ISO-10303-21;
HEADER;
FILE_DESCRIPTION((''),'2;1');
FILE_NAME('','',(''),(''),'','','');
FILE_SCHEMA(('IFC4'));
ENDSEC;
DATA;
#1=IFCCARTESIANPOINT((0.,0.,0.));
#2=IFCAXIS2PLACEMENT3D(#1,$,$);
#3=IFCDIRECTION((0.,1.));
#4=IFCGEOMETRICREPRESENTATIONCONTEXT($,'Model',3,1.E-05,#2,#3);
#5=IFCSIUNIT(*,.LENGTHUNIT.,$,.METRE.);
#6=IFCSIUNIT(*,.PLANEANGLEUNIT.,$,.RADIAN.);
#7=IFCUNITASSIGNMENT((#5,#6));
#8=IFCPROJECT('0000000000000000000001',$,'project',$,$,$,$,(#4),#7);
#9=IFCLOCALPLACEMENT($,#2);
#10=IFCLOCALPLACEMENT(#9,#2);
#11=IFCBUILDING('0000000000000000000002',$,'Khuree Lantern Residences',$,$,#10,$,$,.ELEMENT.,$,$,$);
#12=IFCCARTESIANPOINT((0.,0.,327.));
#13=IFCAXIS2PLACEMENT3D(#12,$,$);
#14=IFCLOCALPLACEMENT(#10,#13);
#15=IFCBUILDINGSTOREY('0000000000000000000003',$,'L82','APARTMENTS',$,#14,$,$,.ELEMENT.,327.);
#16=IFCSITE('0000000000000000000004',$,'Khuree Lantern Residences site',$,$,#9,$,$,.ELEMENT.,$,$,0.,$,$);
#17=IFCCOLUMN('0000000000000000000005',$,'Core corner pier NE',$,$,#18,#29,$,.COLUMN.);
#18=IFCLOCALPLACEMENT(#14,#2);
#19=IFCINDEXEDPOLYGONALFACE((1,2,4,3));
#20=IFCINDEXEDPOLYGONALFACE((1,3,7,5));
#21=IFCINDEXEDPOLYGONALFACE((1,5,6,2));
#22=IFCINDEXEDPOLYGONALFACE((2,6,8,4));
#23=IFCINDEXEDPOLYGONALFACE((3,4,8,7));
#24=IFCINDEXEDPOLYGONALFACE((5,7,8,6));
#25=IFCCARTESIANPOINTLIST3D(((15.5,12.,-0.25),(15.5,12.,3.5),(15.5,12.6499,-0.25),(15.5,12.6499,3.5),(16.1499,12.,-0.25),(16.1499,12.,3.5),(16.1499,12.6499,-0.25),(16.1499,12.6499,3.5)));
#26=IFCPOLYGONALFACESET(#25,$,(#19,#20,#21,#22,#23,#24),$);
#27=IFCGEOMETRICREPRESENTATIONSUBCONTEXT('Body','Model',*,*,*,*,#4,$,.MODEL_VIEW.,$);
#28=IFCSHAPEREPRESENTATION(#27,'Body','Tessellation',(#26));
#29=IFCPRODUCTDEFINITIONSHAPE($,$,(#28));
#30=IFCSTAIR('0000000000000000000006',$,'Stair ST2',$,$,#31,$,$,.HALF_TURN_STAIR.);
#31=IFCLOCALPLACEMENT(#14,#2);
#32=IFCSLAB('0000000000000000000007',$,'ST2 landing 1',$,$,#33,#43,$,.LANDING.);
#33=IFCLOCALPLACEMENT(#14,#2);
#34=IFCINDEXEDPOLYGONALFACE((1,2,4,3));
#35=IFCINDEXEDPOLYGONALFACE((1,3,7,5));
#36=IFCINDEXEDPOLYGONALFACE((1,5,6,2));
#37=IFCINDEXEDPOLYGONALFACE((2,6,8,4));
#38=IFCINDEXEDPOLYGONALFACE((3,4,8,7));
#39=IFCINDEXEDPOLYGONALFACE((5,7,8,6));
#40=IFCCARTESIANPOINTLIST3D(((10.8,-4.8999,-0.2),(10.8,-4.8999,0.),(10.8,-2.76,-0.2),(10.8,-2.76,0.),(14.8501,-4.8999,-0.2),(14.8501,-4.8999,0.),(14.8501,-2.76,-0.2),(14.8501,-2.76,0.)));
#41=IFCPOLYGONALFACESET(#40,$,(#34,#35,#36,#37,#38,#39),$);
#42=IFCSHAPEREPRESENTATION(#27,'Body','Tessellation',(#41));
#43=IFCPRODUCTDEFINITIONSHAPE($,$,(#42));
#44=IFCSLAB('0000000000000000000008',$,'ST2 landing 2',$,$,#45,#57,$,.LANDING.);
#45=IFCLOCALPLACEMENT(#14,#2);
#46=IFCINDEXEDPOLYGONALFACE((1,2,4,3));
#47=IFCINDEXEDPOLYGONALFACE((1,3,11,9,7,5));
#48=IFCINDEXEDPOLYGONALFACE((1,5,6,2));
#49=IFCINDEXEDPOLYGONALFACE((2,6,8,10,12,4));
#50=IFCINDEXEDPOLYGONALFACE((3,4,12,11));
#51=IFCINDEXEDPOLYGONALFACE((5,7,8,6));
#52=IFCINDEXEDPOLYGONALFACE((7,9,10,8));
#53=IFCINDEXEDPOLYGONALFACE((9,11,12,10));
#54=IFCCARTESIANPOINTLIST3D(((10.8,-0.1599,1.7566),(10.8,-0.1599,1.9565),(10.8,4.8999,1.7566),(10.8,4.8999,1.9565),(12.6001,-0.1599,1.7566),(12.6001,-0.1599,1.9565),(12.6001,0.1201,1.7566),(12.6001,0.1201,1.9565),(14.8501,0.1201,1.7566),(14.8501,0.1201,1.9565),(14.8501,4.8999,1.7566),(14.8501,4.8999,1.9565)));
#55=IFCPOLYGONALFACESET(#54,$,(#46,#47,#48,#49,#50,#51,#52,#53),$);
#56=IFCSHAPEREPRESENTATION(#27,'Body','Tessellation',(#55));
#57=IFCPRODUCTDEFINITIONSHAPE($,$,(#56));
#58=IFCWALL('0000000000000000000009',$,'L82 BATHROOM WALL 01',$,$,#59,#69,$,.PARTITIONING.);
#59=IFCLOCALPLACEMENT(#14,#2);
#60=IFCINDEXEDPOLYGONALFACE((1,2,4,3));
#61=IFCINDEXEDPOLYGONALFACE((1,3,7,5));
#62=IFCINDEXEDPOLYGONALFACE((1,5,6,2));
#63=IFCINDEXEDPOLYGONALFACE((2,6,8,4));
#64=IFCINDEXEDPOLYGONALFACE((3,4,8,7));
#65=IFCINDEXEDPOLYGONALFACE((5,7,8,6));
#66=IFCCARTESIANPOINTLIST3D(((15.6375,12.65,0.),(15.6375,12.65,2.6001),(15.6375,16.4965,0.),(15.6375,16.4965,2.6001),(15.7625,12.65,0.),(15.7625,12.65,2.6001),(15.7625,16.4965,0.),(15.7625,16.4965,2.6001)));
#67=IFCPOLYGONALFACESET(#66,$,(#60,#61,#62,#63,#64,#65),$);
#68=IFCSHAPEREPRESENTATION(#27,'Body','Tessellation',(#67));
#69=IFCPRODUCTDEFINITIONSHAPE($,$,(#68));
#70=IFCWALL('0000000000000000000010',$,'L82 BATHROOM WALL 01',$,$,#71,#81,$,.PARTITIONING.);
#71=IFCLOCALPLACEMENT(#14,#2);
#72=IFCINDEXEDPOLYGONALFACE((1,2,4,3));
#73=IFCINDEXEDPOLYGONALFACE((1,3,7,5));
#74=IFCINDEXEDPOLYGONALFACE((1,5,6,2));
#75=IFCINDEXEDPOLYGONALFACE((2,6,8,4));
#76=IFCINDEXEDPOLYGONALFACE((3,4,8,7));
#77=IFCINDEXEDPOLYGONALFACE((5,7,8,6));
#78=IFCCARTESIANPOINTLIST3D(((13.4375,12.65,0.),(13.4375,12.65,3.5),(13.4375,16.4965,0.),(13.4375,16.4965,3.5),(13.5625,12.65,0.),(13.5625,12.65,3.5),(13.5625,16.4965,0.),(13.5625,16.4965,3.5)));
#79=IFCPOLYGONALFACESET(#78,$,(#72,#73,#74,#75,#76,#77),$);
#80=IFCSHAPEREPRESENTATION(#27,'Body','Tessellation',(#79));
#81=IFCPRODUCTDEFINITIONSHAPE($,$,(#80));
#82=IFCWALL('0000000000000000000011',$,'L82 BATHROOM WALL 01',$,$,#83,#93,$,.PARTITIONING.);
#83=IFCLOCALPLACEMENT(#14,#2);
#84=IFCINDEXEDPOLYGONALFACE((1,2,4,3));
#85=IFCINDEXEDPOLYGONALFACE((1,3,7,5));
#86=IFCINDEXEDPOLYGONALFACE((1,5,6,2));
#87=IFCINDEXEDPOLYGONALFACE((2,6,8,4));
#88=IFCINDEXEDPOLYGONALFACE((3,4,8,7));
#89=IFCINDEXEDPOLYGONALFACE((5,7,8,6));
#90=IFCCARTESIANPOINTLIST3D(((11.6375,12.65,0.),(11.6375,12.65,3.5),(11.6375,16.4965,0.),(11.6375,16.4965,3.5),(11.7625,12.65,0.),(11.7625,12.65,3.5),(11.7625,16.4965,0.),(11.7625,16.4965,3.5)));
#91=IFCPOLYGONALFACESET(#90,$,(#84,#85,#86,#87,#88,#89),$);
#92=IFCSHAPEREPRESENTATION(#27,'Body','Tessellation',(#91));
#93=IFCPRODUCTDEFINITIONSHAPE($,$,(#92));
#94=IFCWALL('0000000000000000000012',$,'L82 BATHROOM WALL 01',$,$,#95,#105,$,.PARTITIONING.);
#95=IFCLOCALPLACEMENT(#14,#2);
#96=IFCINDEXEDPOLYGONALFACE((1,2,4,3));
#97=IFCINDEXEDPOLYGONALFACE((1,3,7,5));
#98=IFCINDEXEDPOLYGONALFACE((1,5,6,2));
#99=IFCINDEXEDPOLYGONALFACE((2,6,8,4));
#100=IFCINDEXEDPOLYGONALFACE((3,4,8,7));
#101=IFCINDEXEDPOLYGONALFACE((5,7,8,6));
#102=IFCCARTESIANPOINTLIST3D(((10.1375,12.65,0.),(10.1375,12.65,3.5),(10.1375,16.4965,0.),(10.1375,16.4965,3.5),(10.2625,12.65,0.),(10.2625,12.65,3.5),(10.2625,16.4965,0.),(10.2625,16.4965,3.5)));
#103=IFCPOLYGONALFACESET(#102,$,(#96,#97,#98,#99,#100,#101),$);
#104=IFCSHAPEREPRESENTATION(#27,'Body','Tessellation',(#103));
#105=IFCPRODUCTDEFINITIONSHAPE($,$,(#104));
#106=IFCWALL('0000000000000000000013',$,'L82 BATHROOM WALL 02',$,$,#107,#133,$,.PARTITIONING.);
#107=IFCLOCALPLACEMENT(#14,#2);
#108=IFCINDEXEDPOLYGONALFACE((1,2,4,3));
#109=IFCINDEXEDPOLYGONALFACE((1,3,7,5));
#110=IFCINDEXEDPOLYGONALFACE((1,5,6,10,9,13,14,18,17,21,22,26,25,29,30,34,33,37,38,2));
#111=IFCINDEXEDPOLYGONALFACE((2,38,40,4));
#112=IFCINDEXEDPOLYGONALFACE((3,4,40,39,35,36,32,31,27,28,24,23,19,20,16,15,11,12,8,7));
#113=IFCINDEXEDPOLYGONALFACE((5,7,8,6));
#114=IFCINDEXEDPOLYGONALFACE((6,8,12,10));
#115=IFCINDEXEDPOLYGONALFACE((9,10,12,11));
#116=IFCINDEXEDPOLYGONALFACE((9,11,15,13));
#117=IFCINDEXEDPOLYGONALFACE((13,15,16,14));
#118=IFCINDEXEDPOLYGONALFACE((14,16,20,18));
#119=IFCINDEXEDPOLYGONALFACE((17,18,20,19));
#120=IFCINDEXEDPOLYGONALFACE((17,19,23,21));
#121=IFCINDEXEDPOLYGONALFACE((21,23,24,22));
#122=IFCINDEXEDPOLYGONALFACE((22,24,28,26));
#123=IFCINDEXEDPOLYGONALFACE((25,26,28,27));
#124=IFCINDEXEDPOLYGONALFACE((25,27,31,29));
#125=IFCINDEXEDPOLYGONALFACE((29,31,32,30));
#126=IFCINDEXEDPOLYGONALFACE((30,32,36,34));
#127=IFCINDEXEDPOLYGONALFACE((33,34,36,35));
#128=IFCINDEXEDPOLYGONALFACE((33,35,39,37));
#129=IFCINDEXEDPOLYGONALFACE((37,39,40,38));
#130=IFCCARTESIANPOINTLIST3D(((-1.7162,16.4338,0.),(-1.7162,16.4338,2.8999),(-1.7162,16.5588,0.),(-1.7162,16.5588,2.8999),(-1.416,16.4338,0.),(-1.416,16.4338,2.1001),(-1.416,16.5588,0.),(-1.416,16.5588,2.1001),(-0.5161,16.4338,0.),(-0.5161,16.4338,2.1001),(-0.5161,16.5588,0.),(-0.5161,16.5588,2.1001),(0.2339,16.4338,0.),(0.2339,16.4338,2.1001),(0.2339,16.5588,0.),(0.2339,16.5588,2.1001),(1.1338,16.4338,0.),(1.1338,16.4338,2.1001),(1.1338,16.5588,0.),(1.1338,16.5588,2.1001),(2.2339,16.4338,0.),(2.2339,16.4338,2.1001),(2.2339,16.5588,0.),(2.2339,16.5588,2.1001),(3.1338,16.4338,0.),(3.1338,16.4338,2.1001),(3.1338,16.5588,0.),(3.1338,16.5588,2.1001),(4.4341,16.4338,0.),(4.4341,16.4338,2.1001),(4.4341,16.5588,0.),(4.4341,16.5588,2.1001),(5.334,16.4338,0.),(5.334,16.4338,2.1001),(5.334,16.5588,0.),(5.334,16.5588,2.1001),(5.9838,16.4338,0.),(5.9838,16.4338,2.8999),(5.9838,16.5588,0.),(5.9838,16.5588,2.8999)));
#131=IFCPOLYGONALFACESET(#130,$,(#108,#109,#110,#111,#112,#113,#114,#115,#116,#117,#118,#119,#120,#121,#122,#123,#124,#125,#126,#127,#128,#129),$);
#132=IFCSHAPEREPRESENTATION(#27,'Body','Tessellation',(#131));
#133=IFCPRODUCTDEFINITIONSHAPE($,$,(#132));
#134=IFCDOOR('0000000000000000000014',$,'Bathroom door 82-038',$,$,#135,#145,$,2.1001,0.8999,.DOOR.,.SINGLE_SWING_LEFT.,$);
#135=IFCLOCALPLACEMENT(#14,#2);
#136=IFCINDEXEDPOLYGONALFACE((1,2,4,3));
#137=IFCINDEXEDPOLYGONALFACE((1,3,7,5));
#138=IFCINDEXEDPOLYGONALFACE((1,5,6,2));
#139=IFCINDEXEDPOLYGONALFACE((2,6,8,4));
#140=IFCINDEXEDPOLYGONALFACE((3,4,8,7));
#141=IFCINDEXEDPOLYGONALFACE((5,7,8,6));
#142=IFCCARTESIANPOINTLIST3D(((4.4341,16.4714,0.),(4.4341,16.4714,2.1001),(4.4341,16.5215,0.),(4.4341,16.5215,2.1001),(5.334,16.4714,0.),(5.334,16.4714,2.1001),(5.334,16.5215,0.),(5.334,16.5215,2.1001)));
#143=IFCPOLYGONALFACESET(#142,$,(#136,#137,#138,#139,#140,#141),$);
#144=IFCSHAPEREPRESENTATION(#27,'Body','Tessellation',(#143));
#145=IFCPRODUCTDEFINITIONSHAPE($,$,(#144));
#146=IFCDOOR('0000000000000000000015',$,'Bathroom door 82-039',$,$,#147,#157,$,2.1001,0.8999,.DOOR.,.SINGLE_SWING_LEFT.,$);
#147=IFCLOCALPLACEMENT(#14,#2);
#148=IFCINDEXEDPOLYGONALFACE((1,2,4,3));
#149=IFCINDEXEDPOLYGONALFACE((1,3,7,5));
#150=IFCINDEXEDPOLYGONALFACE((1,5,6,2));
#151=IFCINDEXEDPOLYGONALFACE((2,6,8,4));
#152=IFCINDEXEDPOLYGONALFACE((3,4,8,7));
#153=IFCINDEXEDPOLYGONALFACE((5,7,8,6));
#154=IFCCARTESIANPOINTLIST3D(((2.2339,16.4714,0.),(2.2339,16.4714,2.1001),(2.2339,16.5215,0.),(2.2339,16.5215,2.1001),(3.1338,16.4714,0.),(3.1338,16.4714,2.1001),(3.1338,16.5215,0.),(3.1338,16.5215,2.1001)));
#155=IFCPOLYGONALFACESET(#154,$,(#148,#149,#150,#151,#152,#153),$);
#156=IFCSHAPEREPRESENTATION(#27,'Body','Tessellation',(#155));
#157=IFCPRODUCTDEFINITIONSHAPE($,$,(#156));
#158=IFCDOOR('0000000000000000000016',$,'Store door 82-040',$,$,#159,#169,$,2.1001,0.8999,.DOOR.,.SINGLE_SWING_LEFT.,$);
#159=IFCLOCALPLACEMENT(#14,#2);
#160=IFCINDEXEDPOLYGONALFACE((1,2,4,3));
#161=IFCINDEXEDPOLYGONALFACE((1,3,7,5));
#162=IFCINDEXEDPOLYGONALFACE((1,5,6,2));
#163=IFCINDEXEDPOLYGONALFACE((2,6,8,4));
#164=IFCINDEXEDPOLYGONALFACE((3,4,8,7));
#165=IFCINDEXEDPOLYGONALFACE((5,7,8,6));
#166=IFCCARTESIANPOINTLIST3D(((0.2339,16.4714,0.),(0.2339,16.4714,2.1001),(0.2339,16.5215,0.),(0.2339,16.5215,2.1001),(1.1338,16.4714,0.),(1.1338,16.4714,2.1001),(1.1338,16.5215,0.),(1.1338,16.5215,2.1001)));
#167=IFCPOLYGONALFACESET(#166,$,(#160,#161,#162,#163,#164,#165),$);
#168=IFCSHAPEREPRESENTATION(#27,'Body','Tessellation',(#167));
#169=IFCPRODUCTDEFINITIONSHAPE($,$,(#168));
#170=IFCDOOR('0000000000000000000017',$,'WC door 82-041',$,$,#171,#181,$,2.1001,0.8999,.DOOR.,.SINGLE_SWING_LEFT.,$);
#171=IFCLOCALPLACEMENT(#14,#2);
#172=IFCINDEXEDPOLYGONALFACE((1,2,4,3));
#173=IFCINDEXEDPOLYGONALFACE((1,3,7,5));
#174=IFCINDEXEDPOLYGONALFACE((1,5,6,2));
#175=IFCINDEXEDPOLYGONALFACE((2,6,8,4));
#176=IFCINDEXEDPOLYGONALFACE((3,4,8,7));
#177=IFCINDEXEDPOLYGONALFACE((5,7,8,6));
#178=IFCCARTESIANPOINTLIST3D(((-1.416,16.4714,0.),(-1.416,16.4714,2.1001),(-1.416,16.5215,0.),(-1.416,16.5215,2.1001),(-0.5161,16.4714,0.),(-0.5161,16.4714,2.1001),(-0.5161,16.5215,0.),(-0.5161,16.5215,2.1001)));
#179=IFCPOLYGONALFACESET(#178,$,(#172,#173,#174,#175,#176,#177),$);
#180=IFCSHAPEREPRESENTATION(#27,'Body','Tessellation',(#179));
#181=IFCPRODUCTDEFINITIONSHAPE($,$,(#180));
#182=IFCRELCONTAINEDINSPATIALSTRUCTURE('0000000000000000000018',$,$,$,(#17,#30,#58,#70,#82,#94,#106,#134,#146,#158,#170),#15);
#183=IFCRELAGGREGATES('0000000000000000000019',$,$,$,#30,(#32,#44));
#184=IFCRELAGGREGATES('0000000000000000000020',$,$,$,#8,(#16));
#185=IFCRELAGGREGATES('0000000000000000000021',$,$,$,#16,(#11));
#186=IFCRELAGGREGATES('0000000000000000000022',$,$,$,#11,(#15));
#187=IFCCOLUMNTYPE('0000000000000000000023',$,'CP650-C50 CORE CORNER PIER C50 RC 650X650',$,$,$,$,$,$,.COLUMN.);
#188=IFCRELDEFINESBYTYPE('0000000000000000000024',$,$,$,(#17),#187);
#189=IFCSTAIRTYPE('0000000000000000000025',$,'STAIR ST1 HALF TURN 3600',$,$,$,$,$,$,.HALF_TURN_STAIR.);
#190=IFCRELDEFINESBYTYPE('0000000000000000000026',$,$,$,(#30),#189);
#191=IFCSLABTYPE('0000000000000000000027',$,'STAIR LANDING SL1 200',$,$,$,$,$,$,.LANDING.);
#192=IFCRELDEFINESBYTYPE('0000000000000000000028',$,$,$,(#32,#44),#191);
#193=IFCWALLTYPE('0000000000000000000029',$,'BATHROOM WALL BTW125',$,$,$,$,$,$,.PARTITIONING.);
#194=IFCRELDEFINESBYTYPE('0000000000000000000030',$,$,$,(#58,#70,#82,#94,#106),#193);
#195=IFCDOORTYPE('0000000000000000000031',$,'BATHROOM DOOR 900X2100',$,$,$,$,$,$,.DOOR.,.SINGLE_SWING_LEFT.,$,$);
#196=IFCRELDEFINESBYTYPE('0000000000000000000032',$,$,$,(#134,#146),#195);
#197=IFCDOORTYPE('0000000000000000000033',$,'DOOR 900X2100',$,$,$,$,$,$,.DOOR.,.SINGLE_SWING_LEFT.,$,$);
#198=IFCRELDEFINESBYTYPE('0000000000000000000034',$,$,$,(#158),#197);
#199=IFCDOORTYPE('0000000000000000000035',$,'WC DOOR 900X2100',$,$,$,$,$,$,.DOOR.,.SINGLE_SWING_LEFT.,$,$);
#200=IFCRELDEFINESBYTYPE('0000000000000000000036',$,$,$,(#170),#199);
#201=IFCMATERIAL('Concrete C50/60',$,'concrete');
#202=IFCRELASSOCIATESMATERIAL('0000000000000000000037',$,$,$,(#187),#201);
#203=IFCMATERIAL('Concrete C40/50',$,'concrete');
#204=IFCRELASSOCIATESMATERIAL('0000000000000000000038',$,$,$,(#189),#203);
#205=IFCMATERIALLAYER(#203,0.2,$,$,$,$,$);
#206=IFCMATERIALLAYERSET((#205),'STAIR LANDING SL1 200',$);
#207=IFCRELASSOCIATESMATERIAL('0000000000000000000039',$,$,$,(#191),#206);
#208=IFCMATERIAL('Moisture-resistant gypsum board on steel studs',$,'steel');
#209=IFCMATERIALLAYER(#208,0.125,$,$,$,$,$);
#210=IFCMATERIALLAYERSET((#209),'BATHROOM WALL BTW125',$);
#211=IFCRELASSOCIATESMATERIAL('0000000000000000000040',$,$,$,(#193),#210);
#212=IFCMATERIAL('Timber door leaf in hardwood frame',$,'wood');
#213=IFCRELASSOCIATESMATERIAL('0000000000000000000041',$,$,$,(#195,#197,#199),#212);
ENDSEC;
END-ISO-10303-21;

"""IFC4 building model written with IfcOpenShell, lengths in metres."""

from ifc_helpers import new_model, si_unit, direction, frame, frame_2d, origin, origin_2d, place, context, subcontext, project, spatial, polyline, rectangle, outline, extrude, material, layer, layer_set, material_profile, profile_set, type_object, element, fill, aggregate, save


model = new_model("IFC4")

# Units and contexts
model_context = context("Model", 3, precision=1e-05, world=origin(), true_north=direction((0.0, 1.0)))
body_context = subcontext(model_context, "Body", "Model", "MODEL_VIEW")
ifc_project = project(units=[si_unit("LENGTHUNIT", "METRE"), si_unit("PLANEANGLEUNIT", "RADIAN")], contexts=[model_context])

# Site, building, storey
site_placement = place(None, origin())
site = spatial("IfcSite", under=ifc_project, at=site_placement, Name="Khuree Lantern Residences site", CompositionType="ELEMENT", RefElevation=0.0)
building_placement = place(site_placement, origin())
building = spatial("IfcBuilding", under=site, at=building_placement, Name="Khuree Lantern Residences", CompositionType="ELEMENT")
storey_placement = place(building_placement, frame((0.0, 0.0, 327.0)))
storey = spatial("IfcBuildingStorey", under=building, at=storey_placement, Name="L82", Description="APARTMENTS", CompositionType="ELEMENT", Elevation=327.0)

# Column
ifc_material_1 = material(Name="Concrete C50/60", Category="concrete")
ifc_material_profile = material_profile(ifc_material_1, rectangle(XDim=0.6499, YDim=0.6499, at=origin_2d()), Name="RC 650X650")
ifc_profile_set = profile_set([ifc_material_profile], Name="Concrete C50/60")
column_type = type_object("IfcColumnType", Name="CP650-C50 CORE CORNER PIER C50 RC 650X650", PredefinedType="COLUMN", material=ifc_profile_set)
column_placement = place(storey_placement, frame((15.825, 12.325, -0.25), z_axis=(0.0, 0.0, 1.0), x_axis=(1.0, 0.0, 0.0)))
element("IfcColumn", 1, at=column_placement, inside=storey, type_object=column_type, Name="Core corner pier NE", PredefinedType="COLUMN", context=body_context, shape_type="SweptSolid", body=[
    extrude(rectangle(XDim=0.6499, YDim=0.6499, at=origin_2d()), origin(), (0.0, 0.0, 1.0), 3.75),
])

# Stair, slabs
ifc_material_2 = material(Name="Concrete C40/50", Category="concrete")
stair_type = type_object("IfcStairType", Name="STAIR ST1 HALF TURN 3600", PredefinedType="HALF_TURN_STAIR", material=ifc_material_2)
stair_placement = place(storey_placement, origin())
stair = element("IfcStair", 2, at=stair_placement, inside=storey, type_object=stair_type, Name="Stair ST2", PredefinedType="HALF_TURN_STAIR")
ifc_layer_1 = layer(ifc_material_2, 0.2)
ifc_layer_set_1 = layer_set([ifc_layer_1], Name="STAIR LANDING SL1 200")
slab_type = type_object("IfcSlabType", Name="STAIR LANDING SL1 200", PredefinedType="LANDING", material=ifc_layer_set_1)
slab_1_placement = place(storey_placement, frame((0.0, 0.0, -0.2)))
slab_1 = element("IfcSlab", 3, at=slab_1_placement, type_object=slab_type, Name="ST2 landing 1", PredefinedType="LANDING", context=body_context, shape_type="SweptSolid", body=[
    extrude(outline(polyline([(10.8, -4.8999), (14.8501, -4.8999), (14.8501, -2.76), (10.8, -2.76), (10.8, -4.8999)])), origin(), (0.0, 0.0, 1.0), 0.2),
])
slab_2_placement = place(storey_placement, frame((0.0, 0.0, 1.7566)))
slab_2 = element("IfcSlab", 4, at=slab_2_placement, type_object=slab_type, Name="ST2 landing 2", PredefinedType="LANDING", context=body_context, shape_type="SweptSolid", body=[
    extrude(outline(polyline([(14.8501, 4.8999), (14.8501, 0.1201), (12.6001, 0.1201), (12.6001, -0.1599), (10.8, -0.1599), (10.8, 4.8999), (14.8501, 4.8999)])), origin(), (0.0, 0.0, 1.0), 0.2),
])
aggregate(stair, [slab_1, slab_2])

# Walls
ifc_material_3 = material(Name="Moisture-resistant gypsum board on steel studs", Category="steel")
ifc_layer_2 = layer(ifc_material_3, 0.125)
ifc_layer_set_2 = layer_set([ifc_layer_2], Name="BATHROOM WALL BTW125")
wall_type_1 = type_object("IfcWallType", Name="BATHROOM WALL BTW125", PredefinedType="PARTITIONING", material=ifc_layer_set_2)
wall_1_placement = place(storey_placement, frame((15.7, 12.6499, 0.0), z_axis=(0.0, 0.0, 1.0), x_axis=(0.0, 1.0, 0.0)))
element("IfcWall", 5, at=wall_1_placement, inside=storey, type_object=wall_type_1, Name="L82 BATHROOM WALL 01", PredefinedType="PARTITIONING", context=body_context, shape_type="SweptSolid", body=[
    extrude(rectangle(XDim=3.8464, YDim=0.125, at=frame_2d((1.9233, 0.0))), origin(), (0.0, 0.0, 1.0), 2.6001),
])
for number, where, z_axis, x_axis, name in (
    (6, (13.5, 12.6499, 0.0), (0.0, 0.0, 1.0), (0.0, 1.0, 0.0), "L82 BATHROOM WALL 01"),
    (7, (11.7, 12.6499, 0.0), (0.0, 0.0, 1.0), (0.0, 1.0, 0.0), "L82 BATHROOM WALL 01"),
    (8, (10.2, 12.6499, 0.0), (0.0, 0.0, 1.0), (0.0, 1.0, 0.0), "L82 BATHROOM WALL 01"),
):
    element("IfcWall", number, at=place(storey_placement, frame(where, z_axis=z_axis, x_axis=x_axis)), inside=storey, type_object=wall_type_1, Name=name, PredefinedType="PARTITIONING", context=body_context, shape_type="SweptSolid", body=[
        extrude(rectangle(XDim=3.8464, YDim=0.125, at=frame_2d((1.9233, 0.0))), origin(), (0.0, 0.0, 1.0), 3.5),
    ])

# Wall, openings, doors
wall_2_placement = place(storey_placement, frame((5.9839, 16.4963, 0.0), z_axis=(0.0, 0.0, 1.0), x_axis=(-1.0, 0.0, 0.0)))
wall_2 = element("IfcWall", 9, at=wall_2_placement, inside=storey, type_object=wall_type_1, Name="L82 BATHROOM WALL 02", PredefinedType="PARTITIONING", context=body_context, shape_type="SweptSolid", body=[
    extrude(rectangle(XDim=7.7, YDim=0.125, at=frame_2d((3.8501, 0.0))), origin(), (0.0, 0.0, 1.0), 2.8999),
])
opening_1_placement = place(wall_2_placement, frame((0.6499, 0.0, 0.0)))
opening_1 = element("IfcOpeningElement", 10, at=opening_1_placement, cuts=wall_2, PredefinedType="OPENING", context=body_context, shape_type="SweptSolid", body=[
    extrude(rectangle(XDim=0.8999, YDim=2.1001, at=frame_2d((0.45, 1.05))), frame((0.0, 0.0725, 0.0), z_axis=(0.0, -1.0, 0.0), x_axis=(1.0, 0.0, 0.0)), (0.0, 0.0, 1.0), 0.145),
])
opening_2_placement = place(wall_2_placement, frame((2.8501, 0.0, 0.0)))
opening_2 = element("IfcOpeningElement", 11, at=opening_2_placement, cuts=wall_2, PredefinedType="OPENING", context=body_context, shape_type="SweptSolid", body=[
    extrude(rectangle(XDim=0.8999, YDim=2.1001, at=frame_2d((0.45, 1.05))), frame((0.0, 0.0725, 0.0), z_axis=(0.0, -1.0, 0.0), x_axis=(1.0, 0.0, 0.0)), (0.0, 0.0, 1.0), 0.145),
])
opening_3_placement = place(wall_2_placement, frame((4.8501, 0.0, 0.0)))
opening_3 = element("IfcOpeningElement", 12, at=opening_3_placement, cuts=wall_2, PredefinedType="OPENING", context=body_context, shape_type="SweptSolid", body=[
    extrude(rectangle(XDim=0.8999, YDim=2.1001, at=frame_2d((0.45, 1.05))), frame((0.0, 0.0725, 0.0), z_axis=(0.0, -1.0, 0.0), x_axis=(1.0, 0.0, 0.0)), (0.0, 0.0, 1.0), 0.145),
])
opening_4_placement = place(wall_2_placement, frame((6.5, 0.0, 0.0)))
opening_4 = element("IfcOpeningElement", 13, at=opening_4_placement, cuts=wall_2, PredefinedType="OPENING", context=body_context, shape_type="SweptSolid", body=[
    extrude(rectangle(XDim=0.8999, YDim=2.1001, at=frame_2d((0.45, 1.05))), frame((0.0, 0.0725, 0.0), z_axis=(0.0, -1.0, 0.0), x_axis=(1.0, 0.0, 0.0)), (0.0, 0.0, 1.0), 0.145),
])
ifc_material_4 = material(Name="Timber door leaf in hardwood frame", Category="wood")
door_type_1 = type_object("IfcDoorType", Name="BATHROOM DOOR 900X2100", OperationType="SINGLE_SWING_LEFT", PredefinedType="DOOR", material=ifc_material_4)
door_1_placement = place(opening_1_placement, origin())
door_1 = element("IfcDoor", 14, at=door_1_placement, inside=storey, type_object=door_type_1, Name="Bathroom door 82-038", OperationType="SINGLE_SWING_LEFT", OverallHeight=2.1001, OverallWidth=0.8999, PredefinedType="DOOR", context=body_context, shape_type="SweptSolid", body=[
    extrude(rectangle(XDim=0.8999, YDim=2.1001, at=frame_2d((0.45, 1.05))), frame((0.0, 0.0249, 0.0), z_axis=(0.0, -1.0, 0.0), x_axis=(1.0, 0.0, 0.0)), (0.0, 0.0, 1.0), 0.05),
])
fill(opening_1, door_1)
door_2_placement = place(opening_2_placement, origin())
door_2 = element("IfcDoor", 15, at=door_2_placement, inside=storey, type_object=door_type_1, Name="Bathroom door 82-039", OperationType="SINGLE_SWING_LEFT", OverallHeight=2.1001, OverallWidth=0.8999, PredefinedType="DOOR", context=body_context, shape_type="SweptSolid", body=[
    extrude(rectangle(XDim=0.8999, YDim=2.1001, at=frame_2d((0.45, 1.05))), frame((0.0, 0.0249, 0.0), z_axis=(0.0, -1.0, 0.0), x_axis=(1.0, 0.0, 0.0)), (0.0, 0.0, 1.0), 0.05),
])
fill(opening_2, door_2)
door_type_2 = type_object("IfcDoorType", Name="DOOR 900X2100", OperationType="SINGLE_SWING_LEFT", PredefinedType="DOOR", material=ifc_material_4)
door_3_placement = place(opening_3_placement, origin())
door_3 = element("IfcDoor", 16, at=door_3_placement, inside=storey, type_object=door_type_2, Name="Store door 82-040", OperationType="SINGLE_SWING_LEFT", OverallHeight=2.1001, OverallWidth=0.8999, PredefinedType="DOOR", context=body_context, shape_type="SweptSolid", body=[
    extrude(rectangle(XDim=0.8999, YDim=2.1001, at=frame_2d((0.45, 1.05))), frame((0.0, 0.0249, 0.0), z_axis=(0.0, -1.0, 0.0), x_axis=(1.0, 0.0, 0.0)), (0.0, 0.0, 1.0), 0.05),
])
fill(opening_3, door_3)
door_type_3 = type_object("IfcDoorType", Name="WC DOOR 900X2100", OperationType="SINGLE_SWING_LEFT", PredefinedType="DOOR", material=ifc_material_4)
door_4_placement = place(opening_4_placement, origin())
door_4 = element("IfcDoor", 17, at=door_4_placement, inside=storey, type_object=door_type_3, Name="WC door 82-041", OperationType="SINGLE_SWING_LEFT", OverallHeight=2.1001, OverallWidth=0.8999, PredefinedType="DOOR", context=body_context, shape_type="SweptSolid", body=[
    extrude(rectangle(XDim=0.8999, YDim=2.1001, at=frame_2d((0.45, 1.05))), frame((0.0, 0.0249, 0.0), z_axis=(0.0, -1.0, 0.0), x_axis=(1.0, 0.0, 0.0)), (0.0, 0.0, 1.0), 0.05),
])
fill(opening_4, door_4)

save(model, "model.ifc")
